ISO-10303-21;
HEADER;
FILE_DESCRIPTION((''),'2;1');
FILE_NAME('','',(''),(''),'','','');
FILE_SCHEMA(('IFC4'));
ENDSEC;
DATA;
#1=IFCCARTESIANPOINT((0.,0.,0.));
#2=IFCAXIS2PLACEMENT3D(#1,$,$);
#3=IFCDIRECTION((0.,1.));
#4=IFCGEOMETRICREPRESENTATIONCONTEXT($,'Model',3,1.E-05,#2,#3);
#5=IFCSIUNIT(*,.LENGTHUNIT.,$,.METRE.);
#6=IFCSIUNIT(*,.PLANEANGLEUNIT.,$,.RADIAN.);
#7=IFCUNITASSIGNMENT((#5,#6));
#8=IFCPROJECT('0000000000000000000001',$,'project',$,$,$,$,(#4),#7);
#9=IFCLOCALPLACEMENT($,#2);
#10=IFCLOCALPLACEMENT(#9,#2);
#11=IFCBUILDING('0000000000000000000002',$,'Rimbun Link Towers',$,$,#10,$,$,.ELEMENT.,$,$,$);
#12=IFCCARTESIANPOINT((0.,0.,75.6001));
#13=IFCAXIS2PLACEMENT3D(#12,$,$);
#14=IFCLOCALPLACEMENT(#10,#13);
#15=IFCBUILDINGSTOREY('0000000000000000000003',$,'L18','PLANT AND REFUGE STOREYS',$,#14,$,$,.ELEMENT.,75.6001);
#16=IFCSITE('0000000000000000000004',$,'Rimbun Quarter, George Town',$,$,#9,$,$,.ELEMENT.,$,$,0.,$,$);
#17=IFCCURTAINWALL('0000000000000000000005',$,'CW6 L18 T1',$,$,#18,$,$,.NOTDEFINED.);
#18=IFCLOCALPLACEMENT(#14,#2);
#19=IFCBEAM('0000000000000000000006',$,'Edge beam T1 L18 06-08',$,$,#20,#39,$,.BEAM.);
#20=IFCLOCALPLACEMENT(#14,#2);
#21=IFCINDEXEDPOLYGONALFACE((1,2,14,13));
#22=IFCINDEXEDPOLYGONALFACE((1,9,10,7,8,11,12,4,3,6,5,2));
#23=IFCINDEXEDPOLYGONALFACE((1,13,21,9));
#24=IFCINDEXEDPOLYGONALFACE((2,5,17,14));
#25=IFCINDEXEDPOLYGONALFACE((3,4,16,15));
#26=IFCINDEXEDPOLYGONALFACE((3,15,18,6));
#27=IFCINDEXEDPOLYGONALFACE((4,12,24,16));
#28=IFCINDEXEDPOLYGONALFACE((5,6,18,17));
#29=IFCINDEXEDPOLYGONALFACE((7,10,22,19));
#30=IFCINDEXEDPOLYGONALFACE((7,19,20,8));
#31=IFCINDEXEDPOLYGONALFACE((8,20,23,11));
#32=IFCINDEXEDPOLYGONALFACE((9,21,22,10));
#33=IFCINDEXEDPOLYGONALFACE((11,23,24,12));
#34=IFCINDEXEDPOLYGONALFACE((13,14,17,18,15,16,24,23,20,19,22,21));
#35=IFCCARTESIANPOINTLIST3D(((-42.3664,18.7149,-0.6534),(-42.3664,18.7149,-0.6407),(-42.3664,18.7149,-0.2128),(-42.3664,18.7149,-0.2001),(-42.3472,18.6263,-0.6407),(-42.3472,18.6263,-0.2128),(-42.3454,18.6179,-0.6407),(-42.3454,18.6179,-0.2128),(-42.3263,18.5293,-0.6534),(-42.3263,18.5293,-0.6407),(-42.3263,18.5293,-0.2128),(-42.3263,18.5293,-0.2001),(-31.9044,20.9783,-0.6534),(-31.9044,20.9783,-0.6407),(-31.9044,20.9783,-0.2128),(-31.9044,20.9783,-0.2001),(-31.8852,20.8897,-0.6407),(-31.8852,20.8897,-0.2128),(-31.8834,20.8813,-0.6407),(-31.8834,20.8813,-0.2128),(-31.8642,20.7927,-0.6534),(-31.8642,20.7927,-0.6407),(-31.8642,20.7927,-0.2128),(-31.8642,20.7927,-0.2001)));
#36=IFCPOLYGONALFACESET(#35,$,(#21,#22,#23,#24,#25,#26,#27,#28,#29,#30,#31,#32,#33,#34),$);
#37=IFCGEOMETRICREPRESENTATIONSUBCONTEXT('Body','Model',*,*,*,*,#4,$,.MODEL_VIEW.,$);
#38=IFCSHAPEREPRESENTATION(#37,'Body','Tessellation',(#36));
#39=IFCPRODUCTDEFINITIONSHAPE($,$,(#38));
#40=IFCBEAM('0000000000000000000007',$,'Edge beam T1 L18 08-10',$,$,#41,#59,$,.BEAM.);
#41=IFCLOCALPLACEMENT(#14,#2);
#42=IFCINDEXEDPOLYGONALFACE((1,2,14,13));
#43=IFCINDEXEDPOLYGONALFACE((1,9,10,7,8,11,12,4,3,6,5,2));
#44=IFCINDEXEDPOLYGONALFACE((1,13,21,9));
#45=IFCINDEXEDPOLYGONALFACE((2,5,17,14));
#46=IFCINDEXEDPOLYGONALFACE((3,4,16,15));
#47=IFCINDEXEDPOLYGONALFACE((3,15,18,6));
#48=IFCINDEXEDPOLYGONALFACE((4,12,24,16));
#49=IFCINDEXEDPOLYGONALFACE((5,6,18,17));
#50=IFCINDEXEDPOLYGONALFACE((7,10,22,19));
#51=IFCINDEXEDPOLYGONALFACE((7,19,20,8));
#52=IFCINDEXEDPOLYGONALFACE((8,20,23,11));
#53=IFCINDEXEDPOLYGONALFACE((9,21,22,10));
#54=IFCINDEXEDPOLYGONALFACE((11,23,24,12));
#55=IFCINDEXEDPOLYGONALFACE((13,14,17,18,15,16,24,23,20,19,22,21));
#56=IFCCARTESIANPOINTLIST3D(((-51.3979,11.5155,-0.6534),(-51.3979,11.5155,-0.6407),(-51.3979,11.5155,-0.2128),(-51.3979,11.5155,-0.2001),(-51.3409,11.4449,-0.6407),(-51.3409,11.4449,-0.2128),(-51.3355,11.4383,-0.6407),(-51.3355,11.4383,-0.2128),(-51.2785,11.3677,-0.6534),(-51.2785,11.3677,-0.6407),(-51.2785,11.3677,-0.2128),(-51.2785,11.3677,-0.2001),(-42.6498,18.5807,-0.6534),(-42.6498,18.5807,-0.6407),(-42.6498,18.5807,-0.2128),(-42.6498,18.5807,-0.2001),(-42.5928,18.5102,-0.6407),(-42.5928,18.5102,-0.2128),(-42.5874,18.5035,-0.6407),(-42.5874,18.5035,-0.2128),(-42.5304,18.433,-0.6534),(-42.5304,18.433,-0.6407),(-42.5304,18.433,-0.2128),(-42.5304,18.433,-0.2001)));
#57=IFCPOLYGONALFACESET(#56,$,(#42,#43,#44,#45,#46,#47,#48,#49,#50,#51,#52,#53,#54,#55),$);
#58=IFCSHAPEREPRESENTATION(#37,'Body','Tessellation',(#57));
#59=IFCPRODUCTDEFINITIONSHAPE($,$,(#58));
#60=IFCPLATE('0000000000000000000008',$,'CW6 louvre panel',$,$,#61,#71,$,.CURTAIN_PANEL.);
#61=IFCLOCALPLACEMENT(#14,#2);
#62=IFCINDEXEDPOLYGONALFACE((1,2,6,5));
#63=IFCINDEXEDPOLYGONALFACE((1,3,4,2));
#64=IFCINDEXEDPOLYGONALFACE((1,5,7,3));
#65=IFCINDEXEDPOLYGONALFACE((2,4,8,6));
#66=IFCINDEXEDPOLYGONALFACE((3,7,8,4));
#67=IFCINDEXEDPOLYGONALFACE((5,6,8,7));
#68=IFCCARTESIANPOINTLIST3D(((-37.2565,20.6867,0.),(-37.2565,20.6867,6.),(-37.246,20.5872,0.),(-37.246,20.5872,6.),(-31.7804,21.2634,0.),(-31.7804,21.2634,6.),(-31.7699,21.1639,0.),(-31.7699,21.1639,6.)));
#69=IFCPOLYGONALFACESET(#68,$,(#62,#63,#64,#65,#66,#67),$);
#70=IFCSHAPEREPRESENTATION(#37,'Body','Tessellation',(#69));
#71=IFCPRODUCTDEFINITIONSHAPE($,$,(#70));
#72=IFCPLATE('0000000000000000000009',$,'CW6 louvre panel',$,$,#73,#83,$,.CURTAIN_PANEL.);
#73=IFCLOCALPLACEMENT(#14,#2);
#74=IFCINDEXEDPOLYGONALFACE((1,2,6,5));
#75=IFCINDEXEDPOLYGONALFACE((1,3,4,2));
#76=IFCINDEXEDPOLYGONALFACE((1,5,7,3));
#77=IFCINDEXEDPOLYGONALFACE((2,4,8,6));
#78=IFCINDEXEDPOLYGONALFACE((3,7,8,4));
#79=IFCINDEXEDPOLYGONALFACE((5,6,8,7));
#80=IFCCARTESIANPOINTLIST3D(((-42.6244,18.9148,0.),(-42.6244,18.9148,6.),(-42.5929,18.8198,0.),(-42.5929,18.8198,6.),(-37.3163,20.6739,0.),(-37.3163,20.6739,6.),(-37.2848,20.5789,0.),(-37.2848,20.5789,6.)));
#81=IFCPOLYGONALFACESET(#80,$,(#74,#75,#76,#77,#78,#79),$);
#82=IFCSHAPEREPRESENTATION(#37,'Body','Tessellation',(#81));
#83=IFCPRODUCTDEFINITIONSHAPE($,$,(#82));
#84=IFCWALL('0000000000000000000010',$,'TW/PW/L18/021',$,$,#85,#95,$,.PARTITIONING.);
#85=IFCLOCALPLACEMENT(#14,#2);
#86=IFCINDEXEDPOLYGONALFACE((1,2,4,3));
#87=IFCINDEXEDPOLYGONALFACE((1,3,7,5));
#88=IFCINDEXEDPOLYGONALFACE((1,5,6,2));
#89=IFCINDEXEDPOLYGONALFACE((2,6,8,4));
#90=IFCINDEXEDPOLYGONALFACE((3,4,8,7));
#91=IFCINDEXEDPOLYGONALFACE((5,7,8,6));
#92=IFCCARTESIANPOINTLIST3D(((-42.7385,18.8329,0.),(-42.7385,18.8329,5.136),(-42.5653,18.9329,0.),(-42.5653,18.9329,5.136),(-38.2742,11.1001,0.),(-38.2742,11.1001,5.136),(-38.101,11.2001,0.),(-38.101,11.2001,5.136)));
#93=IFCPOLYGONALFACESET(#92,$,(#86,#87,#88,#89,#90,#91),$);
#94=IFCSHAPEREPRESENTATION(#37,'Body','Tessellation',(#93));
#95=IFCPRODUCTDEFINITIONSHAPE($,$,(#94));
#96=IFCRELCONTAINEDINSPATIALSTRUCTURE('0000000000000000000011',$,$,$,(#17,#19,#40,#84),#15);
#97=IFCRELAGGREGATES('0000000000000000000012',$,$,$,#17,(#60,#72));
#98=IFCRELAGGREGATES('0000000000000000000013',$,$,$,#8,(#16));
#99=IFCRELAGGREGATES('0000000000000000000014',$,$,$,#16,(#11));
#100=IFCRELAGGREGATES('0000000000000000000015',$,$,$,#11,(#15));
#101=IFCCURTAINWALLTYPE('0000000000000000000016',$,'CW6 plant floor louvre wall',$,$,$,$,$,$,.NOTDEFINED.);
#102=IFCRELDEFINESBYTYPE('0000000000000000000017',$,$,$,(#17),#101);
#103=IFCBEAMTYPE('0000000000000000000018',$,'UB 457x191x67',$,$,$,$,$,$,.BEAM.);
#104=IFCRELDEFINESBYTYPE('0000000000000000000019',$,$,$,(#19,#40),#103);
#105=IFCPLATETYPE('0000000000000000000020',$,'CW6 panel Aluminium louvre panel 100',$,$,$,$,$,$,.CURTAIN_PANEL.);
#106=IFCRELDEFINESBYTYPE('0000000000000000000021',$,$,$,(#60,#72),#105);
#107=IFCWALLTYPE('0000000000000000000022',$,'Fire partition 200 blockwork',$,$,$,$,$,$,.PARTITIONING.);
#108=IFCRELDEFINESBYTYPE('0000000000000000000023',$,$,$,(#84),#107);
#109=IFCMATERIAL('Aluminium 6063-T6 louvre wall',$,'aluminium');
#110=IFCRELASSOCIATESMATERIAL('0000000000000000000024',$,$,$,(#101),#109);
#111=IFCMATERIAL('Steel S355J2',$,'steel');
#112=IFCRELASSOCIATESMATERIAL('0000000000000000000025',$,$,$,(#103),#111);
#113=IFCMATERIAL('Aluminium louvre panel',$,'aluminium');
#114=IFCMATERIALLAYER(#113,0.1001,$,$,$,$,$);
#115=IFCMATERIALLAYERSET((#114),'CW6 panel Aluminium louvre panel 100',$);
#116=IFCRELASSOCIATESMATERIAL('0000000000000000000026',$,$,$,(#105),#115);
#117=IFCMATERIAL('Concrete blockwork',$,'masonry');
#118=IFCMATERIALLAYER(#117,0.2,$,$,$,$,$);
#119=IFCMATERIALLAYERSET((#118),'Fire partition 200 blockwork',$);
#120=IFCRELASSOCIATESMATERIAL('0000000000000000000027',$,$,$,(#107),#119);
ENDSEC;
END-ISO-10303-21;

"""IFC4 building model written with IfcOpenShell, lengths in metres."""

from ifc_helpers import new_model, si_unit, direction, frame, frame_2d, origin, origin_2d, place, context, subcontext, project, spatial, rectangle, i_section, extrude, material, layer, layer_set, material_profile, profile_set, type_object, element, aggregate, save


model = new_model("IFC4")

# Units and contexts
model_context = context("Model", 3, precision=1e-05, world=origin(), true_north=direction((0.0, 1.0)))
body_context = subcontext(model_context, "Body", "Model", "MODEL_VIEW")
ifc_project = project(units=[si_unit("LENGTHUNIT", "METRE"), si_unit("PLANEANGLEUNIT", "RADIAN")], contexts=[model_context])

# Site, building, storey
site_placement = place(None, origin())
site = spatial("IfcSite", under=ifc_project, at=site_placement, Name="Rimbun Quarter, George Town", CompositionType="ELEMENT", RefElevation=0.0)
building_placement = place(site_placement, origin())
building = spatial("IfcBuilding", under=site, at=building_placement, Name="Rimbun Link Towers", CompositionType="ELEMENT")
storey_placement = place(building_placement, frame((0.0, 0.0, 75.6001)))
storey = spatial("IfcBuildingStorey", under=building, at=storey_placement, Name="L18", Description="PLANT AND REFUGE STOREYS", CompositionType="ELEMENT", Elevation=75.6001)

# Curtain wall
ifc_material_1 = material(Name="Aluminium 6063-T6 louvre wall", Category="aluminium")
curtain_wall_type = type_object("IfcCurtainWallType", Name="CW6 plant floor louvre wall", PredefinedType="NOTDEFINED", material=ifc_material_1)
curtain_wall_placement = place(storey_placement, origin())
curtain_wall = element("IfcCurtainWall", 1, at=curtain_wall_placement, inside=storey, type_object=curtain_wall_type, Name="CW6 L18 T1", PredefinedType="NOTDEFINED")

# Beams
ifc_material_2 = material(Name="Steel S355J2", Category="steel")
ifc_material_profile_1 = material_profile(ifc_material_2, i_section(OverallWidth=0.1899, OverallDepth=0.4534, WebThickness=0.0085, FlangeThickness=0.0127, at=origin_2d()), Name="UB 457x191x67")
ifc_profile_set_1 = profile_set([ifc_material_profile_1], Name="Steel S355J2")
beam_type_1 = type_object("IfcBeamType", Name="UB 457x191x67", PredefinedType="BEAM", material=ifc_profile_set_1)
beam_1_placement = place(storey_placement, frame((-31.8843, 20.8855, -0.4268), z_axis=(-0.977388, -0.211452, 0.0), x_axis=(0.211452, -0.977388, 0.0)))
element("IfcBeam", 2, at=beam_1_placement, inside=storey, type_object=beam_type_1, Name="Edge beam T1 L18 06-08", PredefinedType="BEAM", context=body_context, shape_type="SweptSolid", body=[
    extrude(i_section(OverallWidth=0.1899, OverallDepth=0.4534, WebThickness=0.0085, FlangeThickness=0.0127, at=origin_2d()), origin(), (0.0, 0.0, 1.0), 10.7041),
])
beam_2_placement = place(storey_placement, frame((-42.5901, 18.5068, -0.4268), z_axis=(-0.777965, -0.628308, 0.0), x_axis=(0.628308, -0.777965, 0.0)))
element("IfcBeam", 3, at=beam_2_placement, inside=storey, type_object=beam_type_1, Name="Edge beam T1 L18 08-10", PredefinedType="BEAM", context=body_context, shape_type="SweptSolid", body=[
    extrude(i_section(OverallWidth=0.1899, OverallDepth=0.4534, WebThickness=0.0085, FlangeThickness=0.0127, at=origin_2d()), origin(), (0.0, 0.0, 1.0), 11.2449),
])

# Plates
ifc_material_3 = material(Name="Aluminium louvre panel", Category="aluminium")
ifc_layer_1 = layer(ifc_material_3, 0.1001)
ifc_layer_set_1 = layer_set([ifc_layer_1], Name="CW6 panel Aluminium louvre panel 100")
plate_type = type_object("IfcPlateType", Name="CW6 panel Aluminium louvre panel 100", PredefinedType="CURTAIN_PANEL", material=ifc_layer_set_1)
plate_1_placement = place(storey_placement, frame((-34.5132, 20.9253, 0.0), z_axis=(0.0, 0.0, 1.0), x_axis=(0.9945, 0.104736, 0.0)))
plate_1 = element("IfcPlate", 4, at=plate_1_placement, type_object=plate_type, Name="CW6 louvre panel", PredefinedType="CURTAIN_PANEL", context=body_context, shape_type="SweptSolid", body=[
    extrude(rectangle(XDim=5.5063, YDim=0.1001, at=origin_2d()), origin(), (0.0, 0.0, 1.0), 6.0),
])
plate_2_placement = place(storey_placement, frame((-39.9546, 19.7468, 0.0), z_axis=(0.0, 0.0, 1.0), x_axis=(0.949232, 0.314576, 0.0)))
plate_2 = element("IfcPlate", 5, at=plate_2_placement, type_object=plate_type, Name="CW6 louvre panel", PredefinedType="CURTAIN_PANEL", context=body_context, shape_type="SweptSolid", body=[
    extrude(rectangle(XDim=5.592, YDim=0.1001, at=origin_2d()), origin(), (0.0, 0.0, 1.0), 6.0),
])
aggregate(curtain_wall, [plate_1, plate_2])

# Wall
ifc_material_4 = material(Name="Concrete blockwork", Category="masonry")
ifc_layer_2 = layer(ifc_material_4, 0.2)
ifc_layer_set_2 = layer_set([ifc_layer_2], Name="Fire partition 200 blockwork")
wall_type = type_object("IfcWallType", Name="Fire partition 200 blockwork", PredefinedType="PARTITIONING", material=ifc_layer_set_2)
wall_placement = place(storey_placement, frame((-42.6519, 18.8828, 0.0), z_axis=(0.0, 0.0, 1.0), x_axis=(0.49998, -0.866037, 0.0)))
element("IfcWall", 6, at=wall_placement, inside=storey, type_object=wall_type, Name="TW/PW/L18/021", PredefinedType="PARTITIONING", context=body_context, shape_type="SweptSolid", body=[
    extrude(rectangle(XDim=8.929, YDim=0.2, at=frame_2d((4.4644, 0.0))), origin(), (0.0, 0.0, 1.0), 5.136),
])

save(model, "model.ifc")
